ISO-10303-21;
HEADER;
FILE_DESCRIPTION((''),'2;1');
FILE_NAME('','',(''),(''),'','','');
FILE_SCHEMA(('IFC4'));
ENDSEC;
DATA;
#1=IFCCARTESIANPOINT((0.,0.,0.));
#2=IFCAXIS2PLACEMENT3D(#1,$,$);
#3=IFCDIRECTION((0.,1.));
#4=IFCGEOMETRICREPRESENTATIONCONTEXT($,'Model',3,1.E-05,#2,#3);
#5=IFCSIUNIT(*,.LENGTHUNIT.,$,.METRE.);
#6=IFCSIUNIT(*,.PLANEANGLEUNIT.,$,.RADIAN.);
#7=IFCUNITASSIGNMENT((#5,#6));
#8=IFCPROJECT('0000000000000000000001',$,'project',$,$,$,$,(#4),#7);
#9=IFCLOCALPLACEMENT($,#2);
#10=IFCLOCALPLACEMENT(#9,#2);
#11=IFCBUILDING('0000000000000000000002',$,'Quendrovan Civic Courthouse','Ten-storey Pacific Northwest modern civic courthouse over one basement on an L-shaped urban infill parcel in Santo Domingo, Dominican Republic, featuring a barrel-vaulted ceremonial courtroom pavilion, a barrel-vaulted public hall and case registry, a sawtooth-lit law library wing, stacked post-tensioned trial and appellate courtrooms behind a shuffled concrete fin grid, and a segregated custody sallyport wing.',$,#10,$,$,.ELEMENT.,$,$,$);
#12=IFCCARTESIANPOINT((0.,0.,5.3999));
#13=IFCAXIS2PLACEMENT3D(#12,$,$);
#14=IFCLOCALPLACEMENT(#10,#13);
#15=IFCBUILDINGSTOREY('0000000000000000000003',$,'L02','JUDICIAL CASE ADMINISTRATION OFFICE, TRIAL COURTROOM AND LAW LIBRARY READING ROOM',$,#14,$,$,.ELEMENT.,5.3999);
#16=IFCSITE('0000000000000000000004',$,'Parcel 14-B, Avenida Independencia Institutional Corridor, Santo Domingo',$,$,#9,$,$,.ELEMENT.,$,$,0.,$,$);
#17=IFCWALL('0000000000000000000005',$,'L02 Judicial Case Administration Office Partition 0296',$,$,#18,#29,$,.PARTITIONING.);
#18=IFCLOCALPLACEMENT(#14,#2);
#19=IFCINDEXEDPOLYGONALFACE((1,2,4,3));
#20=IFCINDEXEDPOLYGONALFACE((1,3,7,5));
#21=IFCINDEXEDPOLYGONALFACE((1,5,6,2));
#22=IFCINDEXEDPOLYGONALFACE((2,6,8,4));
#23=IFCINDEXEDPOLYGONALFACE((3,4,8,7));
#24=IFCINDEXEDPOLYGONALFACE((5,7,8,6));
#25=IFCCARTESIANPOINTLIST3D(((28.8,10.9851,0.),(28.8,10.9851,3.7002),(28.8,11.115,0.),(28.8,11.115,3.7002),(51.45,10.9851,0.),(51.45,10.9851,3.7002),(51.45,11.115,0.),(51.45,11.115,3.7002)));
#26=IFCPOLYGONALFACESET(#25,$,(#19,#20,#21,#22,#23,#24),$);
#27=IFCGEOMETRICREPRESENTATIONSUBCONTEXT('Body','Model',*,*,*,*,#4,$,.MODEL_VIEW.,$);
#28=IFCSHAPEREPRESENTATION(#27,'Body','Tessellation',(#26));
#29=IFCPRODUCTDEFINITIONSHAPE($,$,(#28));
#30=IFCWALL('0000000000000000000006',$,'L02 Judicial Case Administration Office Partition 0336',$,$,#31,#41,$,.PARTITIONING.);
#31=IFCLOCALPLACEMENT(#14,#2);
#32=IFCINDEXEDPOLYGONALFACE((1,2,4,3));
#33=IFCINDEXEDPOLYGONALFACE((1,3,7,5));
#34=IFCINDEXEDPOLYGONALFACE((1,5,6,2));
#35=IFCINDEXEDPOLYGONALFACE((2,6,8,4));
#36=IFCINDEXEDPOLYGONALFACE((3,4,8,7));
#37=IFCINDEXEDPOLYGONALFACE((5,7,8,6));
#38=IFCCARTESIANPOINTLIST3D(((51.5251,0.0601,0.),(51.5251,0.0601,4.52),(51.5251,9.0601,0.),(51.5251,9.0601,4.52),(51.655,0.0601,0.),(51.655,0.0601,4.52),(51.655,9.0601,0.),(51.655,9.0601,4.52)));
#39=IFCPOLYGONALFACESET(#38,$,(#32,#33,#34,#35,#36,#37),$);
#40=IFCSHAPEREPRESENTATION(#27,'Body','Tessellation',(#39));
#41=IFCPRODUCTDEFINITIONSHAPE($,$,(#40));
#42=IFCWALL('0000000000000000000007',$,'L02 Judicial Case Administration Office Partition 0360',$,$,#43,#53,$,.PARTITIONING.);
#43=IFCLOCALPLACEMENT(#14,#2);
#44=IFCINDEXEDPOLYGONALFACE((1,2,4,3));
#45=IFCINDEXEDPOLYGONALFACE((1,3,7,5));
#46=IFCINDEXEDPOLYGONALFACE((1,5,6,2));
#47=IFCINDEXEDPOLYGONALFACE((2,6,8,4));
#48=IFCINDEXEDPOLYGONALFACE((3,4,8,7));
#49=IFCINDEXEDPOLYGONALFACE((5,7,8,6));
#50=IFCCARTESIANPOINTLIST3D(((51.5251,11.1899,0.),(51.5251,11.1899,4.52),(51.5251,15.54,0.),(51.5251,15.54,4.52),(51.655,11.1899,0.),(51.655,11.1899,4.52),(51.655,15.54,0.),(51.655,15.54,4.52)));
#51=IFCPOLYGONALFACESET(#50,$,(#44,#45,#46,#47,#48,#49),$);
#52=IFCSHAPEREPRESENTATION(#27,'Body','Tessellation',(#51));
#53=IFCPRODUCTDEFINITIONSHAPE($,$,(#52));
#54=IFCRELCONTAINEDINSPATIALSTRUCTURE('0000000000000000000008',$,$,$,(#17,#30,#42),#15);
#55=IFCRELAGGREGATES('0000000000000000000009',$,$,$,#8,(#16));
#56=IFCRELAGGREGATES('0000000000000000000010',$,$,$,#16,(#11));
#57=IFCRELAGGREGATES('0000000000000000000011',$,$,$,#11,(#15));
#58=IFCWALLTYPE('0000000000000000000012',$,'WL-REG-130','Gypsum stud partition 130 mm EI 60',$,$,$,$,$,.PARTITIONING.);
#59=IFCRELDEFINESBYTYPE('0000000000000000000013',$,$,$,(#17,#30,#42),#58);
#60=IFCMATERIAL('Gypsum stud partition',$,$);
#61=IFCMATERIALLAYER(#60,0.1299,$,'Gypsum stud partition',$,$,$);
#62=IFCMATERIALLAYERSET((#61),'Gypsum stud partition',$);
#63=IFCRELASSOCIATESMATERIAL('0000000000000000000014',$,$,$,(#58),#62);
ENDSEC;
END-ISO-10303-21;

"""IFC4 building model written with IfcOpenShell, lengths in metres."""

from ifc_helpers import new_model, si_unit, direction, frame, frame_2d, origin, place, context, subcontext, project, spatial, rectangle, extrude, material, layer, layer_set, type_object, element, save


model = new_model("IFC4")

# Units and contexts
model_context = context("Model", 3, precision=1e-05, world=origin(), true_north=direction((0.0, 1.0)))
body_context = subcontext(model_context, "Body", "Model", "MODEL_VIEW")
ifc_project = project(units=[si_unit("LENGTHUNIT", "METRE"), si_unit("PLANEANGLEUNIT", "RADIAN")], contexts=[model_context])

# Site, building, storey
site_placement = place(None, origin())
site = spatial("IfcSite", under=ifc_project, at=site_placement, Name="Parcel 14-B, Avenida Independencia Institutional Corridor, Santo Domingo", CompositionType="ELEMENT", RefElevation=0.0)
building_placement = place(site_placement, origin())
building = spatial("IfcBuilding", under=site, at=building_placement, Name="Quendrovan Civic Courthouse", Description="Ten-storey Pacific Northwest modern civic courthouse over one basement on an L-shaped urban infill parcel in Santo Domingo, Dominican Republic, featuring a barrel-vaulted ceremonial courtroom pavilion, a barrel-vaulted public hall and case registry, a sawtooth-lit law library wing, stacked post-tensioned trial and appellate courtrooms behind a shuffled concrete fin grid, and a segregated custody sallyport wing.", CompositionType="ELEMENT")
storey_placement = place(building_placement, frame((0.0, 0.0, 5.3999)))
storey = spatial("IfcBuildingStorey", under=building, at=storey_placement, Name="L02", Description="JUDICIAL CASE ADMINISTRATION OFFICE, TRIAL COURTROOM AND LAW LIBRARY READING ROOM", CompositionType="ELEMENT", Elevation=5.3999)

# Walls
ifc_material_1 = material(Name="Gypsum stud partition")
ifc_layer_1 = layer(ifc_material_1, 0.1299, Name="Gypsum stud partition")
ifc_layer_set_1 = layer_set([ifc_layer_1], Name="Gypsum stud partition")
wall_type_1 = type_object("IfcWallType", Name="WL-REG-130", Description="Gypsum stud partition 130 mm EI 60", PredefinedType="PARTITIONING", material=ifc_layer_set_1)
wall_1_placement = place(storey_placement, frame((51.45, 11.05, 0.0), z_axis=(0.0, 0.0, 1.0), x_axis=(-1.0, 0.0, 0.0)))
element("IfcWall", 1, at=wall_1_placement, inside=storey, type_object=wall_type_1, Name="L02 Judicial Case Administration Office Partition 0296", PredefinedType="PARTITIONING", context=body_context, shape_type="SweptSolid", body=[
    extrude(rectangle(XDim=22.6499, YDim=0.1299, at=frame_2d((11.325, 0.0))), origin(), (0.0, 0.0, 1.0), 3.7002),
])
wall_2_placement = place(storey_placement, frame((51.5901, 9.0601, 0.0), z_axis=(0.0, 0.0, 1.0), x_axis=(0.0, -1.0, 0.0)))
element("IfcWall", 2, at=wall_2_placement, inside=storey, type_object=wall_type_1, Name="L02 Judicial Case Administration Office Partition 0336", PredefinedType="PARTITIONING", context=body_context, shape_type="SweptSolid", body=[
    extrude(rectangle(XDim=9.0, YDim=0.1299, at=frame_2d((4.5, 0.0))), origin(), (0.0, 0.0, 1.0), 4.52),
])
wall_3_placement = place(storey_placement, frame((51.5901, 15.54, 0.0), z_axis=(0.0, 0.0, 1.0), x_axis=(0.0, -1.0, 0.0)))
element("IfcWall", 3, at=wall_3_placement, inside=storey, type_object=wall_type_1, Name="L02 Judicial Case Administration Office Partition 0360", PredefinedType="PARTITIONING", context=body_context, shape_type="SweptSolid", body=[
    extrude(rectangle(XDim=4.3501, YDim=0.1299, at=frame_2d((2.175, 0.0))), origin(), (0.0, 0.0, 1.0), 4.52),
])

save(model, "model.ifc")
